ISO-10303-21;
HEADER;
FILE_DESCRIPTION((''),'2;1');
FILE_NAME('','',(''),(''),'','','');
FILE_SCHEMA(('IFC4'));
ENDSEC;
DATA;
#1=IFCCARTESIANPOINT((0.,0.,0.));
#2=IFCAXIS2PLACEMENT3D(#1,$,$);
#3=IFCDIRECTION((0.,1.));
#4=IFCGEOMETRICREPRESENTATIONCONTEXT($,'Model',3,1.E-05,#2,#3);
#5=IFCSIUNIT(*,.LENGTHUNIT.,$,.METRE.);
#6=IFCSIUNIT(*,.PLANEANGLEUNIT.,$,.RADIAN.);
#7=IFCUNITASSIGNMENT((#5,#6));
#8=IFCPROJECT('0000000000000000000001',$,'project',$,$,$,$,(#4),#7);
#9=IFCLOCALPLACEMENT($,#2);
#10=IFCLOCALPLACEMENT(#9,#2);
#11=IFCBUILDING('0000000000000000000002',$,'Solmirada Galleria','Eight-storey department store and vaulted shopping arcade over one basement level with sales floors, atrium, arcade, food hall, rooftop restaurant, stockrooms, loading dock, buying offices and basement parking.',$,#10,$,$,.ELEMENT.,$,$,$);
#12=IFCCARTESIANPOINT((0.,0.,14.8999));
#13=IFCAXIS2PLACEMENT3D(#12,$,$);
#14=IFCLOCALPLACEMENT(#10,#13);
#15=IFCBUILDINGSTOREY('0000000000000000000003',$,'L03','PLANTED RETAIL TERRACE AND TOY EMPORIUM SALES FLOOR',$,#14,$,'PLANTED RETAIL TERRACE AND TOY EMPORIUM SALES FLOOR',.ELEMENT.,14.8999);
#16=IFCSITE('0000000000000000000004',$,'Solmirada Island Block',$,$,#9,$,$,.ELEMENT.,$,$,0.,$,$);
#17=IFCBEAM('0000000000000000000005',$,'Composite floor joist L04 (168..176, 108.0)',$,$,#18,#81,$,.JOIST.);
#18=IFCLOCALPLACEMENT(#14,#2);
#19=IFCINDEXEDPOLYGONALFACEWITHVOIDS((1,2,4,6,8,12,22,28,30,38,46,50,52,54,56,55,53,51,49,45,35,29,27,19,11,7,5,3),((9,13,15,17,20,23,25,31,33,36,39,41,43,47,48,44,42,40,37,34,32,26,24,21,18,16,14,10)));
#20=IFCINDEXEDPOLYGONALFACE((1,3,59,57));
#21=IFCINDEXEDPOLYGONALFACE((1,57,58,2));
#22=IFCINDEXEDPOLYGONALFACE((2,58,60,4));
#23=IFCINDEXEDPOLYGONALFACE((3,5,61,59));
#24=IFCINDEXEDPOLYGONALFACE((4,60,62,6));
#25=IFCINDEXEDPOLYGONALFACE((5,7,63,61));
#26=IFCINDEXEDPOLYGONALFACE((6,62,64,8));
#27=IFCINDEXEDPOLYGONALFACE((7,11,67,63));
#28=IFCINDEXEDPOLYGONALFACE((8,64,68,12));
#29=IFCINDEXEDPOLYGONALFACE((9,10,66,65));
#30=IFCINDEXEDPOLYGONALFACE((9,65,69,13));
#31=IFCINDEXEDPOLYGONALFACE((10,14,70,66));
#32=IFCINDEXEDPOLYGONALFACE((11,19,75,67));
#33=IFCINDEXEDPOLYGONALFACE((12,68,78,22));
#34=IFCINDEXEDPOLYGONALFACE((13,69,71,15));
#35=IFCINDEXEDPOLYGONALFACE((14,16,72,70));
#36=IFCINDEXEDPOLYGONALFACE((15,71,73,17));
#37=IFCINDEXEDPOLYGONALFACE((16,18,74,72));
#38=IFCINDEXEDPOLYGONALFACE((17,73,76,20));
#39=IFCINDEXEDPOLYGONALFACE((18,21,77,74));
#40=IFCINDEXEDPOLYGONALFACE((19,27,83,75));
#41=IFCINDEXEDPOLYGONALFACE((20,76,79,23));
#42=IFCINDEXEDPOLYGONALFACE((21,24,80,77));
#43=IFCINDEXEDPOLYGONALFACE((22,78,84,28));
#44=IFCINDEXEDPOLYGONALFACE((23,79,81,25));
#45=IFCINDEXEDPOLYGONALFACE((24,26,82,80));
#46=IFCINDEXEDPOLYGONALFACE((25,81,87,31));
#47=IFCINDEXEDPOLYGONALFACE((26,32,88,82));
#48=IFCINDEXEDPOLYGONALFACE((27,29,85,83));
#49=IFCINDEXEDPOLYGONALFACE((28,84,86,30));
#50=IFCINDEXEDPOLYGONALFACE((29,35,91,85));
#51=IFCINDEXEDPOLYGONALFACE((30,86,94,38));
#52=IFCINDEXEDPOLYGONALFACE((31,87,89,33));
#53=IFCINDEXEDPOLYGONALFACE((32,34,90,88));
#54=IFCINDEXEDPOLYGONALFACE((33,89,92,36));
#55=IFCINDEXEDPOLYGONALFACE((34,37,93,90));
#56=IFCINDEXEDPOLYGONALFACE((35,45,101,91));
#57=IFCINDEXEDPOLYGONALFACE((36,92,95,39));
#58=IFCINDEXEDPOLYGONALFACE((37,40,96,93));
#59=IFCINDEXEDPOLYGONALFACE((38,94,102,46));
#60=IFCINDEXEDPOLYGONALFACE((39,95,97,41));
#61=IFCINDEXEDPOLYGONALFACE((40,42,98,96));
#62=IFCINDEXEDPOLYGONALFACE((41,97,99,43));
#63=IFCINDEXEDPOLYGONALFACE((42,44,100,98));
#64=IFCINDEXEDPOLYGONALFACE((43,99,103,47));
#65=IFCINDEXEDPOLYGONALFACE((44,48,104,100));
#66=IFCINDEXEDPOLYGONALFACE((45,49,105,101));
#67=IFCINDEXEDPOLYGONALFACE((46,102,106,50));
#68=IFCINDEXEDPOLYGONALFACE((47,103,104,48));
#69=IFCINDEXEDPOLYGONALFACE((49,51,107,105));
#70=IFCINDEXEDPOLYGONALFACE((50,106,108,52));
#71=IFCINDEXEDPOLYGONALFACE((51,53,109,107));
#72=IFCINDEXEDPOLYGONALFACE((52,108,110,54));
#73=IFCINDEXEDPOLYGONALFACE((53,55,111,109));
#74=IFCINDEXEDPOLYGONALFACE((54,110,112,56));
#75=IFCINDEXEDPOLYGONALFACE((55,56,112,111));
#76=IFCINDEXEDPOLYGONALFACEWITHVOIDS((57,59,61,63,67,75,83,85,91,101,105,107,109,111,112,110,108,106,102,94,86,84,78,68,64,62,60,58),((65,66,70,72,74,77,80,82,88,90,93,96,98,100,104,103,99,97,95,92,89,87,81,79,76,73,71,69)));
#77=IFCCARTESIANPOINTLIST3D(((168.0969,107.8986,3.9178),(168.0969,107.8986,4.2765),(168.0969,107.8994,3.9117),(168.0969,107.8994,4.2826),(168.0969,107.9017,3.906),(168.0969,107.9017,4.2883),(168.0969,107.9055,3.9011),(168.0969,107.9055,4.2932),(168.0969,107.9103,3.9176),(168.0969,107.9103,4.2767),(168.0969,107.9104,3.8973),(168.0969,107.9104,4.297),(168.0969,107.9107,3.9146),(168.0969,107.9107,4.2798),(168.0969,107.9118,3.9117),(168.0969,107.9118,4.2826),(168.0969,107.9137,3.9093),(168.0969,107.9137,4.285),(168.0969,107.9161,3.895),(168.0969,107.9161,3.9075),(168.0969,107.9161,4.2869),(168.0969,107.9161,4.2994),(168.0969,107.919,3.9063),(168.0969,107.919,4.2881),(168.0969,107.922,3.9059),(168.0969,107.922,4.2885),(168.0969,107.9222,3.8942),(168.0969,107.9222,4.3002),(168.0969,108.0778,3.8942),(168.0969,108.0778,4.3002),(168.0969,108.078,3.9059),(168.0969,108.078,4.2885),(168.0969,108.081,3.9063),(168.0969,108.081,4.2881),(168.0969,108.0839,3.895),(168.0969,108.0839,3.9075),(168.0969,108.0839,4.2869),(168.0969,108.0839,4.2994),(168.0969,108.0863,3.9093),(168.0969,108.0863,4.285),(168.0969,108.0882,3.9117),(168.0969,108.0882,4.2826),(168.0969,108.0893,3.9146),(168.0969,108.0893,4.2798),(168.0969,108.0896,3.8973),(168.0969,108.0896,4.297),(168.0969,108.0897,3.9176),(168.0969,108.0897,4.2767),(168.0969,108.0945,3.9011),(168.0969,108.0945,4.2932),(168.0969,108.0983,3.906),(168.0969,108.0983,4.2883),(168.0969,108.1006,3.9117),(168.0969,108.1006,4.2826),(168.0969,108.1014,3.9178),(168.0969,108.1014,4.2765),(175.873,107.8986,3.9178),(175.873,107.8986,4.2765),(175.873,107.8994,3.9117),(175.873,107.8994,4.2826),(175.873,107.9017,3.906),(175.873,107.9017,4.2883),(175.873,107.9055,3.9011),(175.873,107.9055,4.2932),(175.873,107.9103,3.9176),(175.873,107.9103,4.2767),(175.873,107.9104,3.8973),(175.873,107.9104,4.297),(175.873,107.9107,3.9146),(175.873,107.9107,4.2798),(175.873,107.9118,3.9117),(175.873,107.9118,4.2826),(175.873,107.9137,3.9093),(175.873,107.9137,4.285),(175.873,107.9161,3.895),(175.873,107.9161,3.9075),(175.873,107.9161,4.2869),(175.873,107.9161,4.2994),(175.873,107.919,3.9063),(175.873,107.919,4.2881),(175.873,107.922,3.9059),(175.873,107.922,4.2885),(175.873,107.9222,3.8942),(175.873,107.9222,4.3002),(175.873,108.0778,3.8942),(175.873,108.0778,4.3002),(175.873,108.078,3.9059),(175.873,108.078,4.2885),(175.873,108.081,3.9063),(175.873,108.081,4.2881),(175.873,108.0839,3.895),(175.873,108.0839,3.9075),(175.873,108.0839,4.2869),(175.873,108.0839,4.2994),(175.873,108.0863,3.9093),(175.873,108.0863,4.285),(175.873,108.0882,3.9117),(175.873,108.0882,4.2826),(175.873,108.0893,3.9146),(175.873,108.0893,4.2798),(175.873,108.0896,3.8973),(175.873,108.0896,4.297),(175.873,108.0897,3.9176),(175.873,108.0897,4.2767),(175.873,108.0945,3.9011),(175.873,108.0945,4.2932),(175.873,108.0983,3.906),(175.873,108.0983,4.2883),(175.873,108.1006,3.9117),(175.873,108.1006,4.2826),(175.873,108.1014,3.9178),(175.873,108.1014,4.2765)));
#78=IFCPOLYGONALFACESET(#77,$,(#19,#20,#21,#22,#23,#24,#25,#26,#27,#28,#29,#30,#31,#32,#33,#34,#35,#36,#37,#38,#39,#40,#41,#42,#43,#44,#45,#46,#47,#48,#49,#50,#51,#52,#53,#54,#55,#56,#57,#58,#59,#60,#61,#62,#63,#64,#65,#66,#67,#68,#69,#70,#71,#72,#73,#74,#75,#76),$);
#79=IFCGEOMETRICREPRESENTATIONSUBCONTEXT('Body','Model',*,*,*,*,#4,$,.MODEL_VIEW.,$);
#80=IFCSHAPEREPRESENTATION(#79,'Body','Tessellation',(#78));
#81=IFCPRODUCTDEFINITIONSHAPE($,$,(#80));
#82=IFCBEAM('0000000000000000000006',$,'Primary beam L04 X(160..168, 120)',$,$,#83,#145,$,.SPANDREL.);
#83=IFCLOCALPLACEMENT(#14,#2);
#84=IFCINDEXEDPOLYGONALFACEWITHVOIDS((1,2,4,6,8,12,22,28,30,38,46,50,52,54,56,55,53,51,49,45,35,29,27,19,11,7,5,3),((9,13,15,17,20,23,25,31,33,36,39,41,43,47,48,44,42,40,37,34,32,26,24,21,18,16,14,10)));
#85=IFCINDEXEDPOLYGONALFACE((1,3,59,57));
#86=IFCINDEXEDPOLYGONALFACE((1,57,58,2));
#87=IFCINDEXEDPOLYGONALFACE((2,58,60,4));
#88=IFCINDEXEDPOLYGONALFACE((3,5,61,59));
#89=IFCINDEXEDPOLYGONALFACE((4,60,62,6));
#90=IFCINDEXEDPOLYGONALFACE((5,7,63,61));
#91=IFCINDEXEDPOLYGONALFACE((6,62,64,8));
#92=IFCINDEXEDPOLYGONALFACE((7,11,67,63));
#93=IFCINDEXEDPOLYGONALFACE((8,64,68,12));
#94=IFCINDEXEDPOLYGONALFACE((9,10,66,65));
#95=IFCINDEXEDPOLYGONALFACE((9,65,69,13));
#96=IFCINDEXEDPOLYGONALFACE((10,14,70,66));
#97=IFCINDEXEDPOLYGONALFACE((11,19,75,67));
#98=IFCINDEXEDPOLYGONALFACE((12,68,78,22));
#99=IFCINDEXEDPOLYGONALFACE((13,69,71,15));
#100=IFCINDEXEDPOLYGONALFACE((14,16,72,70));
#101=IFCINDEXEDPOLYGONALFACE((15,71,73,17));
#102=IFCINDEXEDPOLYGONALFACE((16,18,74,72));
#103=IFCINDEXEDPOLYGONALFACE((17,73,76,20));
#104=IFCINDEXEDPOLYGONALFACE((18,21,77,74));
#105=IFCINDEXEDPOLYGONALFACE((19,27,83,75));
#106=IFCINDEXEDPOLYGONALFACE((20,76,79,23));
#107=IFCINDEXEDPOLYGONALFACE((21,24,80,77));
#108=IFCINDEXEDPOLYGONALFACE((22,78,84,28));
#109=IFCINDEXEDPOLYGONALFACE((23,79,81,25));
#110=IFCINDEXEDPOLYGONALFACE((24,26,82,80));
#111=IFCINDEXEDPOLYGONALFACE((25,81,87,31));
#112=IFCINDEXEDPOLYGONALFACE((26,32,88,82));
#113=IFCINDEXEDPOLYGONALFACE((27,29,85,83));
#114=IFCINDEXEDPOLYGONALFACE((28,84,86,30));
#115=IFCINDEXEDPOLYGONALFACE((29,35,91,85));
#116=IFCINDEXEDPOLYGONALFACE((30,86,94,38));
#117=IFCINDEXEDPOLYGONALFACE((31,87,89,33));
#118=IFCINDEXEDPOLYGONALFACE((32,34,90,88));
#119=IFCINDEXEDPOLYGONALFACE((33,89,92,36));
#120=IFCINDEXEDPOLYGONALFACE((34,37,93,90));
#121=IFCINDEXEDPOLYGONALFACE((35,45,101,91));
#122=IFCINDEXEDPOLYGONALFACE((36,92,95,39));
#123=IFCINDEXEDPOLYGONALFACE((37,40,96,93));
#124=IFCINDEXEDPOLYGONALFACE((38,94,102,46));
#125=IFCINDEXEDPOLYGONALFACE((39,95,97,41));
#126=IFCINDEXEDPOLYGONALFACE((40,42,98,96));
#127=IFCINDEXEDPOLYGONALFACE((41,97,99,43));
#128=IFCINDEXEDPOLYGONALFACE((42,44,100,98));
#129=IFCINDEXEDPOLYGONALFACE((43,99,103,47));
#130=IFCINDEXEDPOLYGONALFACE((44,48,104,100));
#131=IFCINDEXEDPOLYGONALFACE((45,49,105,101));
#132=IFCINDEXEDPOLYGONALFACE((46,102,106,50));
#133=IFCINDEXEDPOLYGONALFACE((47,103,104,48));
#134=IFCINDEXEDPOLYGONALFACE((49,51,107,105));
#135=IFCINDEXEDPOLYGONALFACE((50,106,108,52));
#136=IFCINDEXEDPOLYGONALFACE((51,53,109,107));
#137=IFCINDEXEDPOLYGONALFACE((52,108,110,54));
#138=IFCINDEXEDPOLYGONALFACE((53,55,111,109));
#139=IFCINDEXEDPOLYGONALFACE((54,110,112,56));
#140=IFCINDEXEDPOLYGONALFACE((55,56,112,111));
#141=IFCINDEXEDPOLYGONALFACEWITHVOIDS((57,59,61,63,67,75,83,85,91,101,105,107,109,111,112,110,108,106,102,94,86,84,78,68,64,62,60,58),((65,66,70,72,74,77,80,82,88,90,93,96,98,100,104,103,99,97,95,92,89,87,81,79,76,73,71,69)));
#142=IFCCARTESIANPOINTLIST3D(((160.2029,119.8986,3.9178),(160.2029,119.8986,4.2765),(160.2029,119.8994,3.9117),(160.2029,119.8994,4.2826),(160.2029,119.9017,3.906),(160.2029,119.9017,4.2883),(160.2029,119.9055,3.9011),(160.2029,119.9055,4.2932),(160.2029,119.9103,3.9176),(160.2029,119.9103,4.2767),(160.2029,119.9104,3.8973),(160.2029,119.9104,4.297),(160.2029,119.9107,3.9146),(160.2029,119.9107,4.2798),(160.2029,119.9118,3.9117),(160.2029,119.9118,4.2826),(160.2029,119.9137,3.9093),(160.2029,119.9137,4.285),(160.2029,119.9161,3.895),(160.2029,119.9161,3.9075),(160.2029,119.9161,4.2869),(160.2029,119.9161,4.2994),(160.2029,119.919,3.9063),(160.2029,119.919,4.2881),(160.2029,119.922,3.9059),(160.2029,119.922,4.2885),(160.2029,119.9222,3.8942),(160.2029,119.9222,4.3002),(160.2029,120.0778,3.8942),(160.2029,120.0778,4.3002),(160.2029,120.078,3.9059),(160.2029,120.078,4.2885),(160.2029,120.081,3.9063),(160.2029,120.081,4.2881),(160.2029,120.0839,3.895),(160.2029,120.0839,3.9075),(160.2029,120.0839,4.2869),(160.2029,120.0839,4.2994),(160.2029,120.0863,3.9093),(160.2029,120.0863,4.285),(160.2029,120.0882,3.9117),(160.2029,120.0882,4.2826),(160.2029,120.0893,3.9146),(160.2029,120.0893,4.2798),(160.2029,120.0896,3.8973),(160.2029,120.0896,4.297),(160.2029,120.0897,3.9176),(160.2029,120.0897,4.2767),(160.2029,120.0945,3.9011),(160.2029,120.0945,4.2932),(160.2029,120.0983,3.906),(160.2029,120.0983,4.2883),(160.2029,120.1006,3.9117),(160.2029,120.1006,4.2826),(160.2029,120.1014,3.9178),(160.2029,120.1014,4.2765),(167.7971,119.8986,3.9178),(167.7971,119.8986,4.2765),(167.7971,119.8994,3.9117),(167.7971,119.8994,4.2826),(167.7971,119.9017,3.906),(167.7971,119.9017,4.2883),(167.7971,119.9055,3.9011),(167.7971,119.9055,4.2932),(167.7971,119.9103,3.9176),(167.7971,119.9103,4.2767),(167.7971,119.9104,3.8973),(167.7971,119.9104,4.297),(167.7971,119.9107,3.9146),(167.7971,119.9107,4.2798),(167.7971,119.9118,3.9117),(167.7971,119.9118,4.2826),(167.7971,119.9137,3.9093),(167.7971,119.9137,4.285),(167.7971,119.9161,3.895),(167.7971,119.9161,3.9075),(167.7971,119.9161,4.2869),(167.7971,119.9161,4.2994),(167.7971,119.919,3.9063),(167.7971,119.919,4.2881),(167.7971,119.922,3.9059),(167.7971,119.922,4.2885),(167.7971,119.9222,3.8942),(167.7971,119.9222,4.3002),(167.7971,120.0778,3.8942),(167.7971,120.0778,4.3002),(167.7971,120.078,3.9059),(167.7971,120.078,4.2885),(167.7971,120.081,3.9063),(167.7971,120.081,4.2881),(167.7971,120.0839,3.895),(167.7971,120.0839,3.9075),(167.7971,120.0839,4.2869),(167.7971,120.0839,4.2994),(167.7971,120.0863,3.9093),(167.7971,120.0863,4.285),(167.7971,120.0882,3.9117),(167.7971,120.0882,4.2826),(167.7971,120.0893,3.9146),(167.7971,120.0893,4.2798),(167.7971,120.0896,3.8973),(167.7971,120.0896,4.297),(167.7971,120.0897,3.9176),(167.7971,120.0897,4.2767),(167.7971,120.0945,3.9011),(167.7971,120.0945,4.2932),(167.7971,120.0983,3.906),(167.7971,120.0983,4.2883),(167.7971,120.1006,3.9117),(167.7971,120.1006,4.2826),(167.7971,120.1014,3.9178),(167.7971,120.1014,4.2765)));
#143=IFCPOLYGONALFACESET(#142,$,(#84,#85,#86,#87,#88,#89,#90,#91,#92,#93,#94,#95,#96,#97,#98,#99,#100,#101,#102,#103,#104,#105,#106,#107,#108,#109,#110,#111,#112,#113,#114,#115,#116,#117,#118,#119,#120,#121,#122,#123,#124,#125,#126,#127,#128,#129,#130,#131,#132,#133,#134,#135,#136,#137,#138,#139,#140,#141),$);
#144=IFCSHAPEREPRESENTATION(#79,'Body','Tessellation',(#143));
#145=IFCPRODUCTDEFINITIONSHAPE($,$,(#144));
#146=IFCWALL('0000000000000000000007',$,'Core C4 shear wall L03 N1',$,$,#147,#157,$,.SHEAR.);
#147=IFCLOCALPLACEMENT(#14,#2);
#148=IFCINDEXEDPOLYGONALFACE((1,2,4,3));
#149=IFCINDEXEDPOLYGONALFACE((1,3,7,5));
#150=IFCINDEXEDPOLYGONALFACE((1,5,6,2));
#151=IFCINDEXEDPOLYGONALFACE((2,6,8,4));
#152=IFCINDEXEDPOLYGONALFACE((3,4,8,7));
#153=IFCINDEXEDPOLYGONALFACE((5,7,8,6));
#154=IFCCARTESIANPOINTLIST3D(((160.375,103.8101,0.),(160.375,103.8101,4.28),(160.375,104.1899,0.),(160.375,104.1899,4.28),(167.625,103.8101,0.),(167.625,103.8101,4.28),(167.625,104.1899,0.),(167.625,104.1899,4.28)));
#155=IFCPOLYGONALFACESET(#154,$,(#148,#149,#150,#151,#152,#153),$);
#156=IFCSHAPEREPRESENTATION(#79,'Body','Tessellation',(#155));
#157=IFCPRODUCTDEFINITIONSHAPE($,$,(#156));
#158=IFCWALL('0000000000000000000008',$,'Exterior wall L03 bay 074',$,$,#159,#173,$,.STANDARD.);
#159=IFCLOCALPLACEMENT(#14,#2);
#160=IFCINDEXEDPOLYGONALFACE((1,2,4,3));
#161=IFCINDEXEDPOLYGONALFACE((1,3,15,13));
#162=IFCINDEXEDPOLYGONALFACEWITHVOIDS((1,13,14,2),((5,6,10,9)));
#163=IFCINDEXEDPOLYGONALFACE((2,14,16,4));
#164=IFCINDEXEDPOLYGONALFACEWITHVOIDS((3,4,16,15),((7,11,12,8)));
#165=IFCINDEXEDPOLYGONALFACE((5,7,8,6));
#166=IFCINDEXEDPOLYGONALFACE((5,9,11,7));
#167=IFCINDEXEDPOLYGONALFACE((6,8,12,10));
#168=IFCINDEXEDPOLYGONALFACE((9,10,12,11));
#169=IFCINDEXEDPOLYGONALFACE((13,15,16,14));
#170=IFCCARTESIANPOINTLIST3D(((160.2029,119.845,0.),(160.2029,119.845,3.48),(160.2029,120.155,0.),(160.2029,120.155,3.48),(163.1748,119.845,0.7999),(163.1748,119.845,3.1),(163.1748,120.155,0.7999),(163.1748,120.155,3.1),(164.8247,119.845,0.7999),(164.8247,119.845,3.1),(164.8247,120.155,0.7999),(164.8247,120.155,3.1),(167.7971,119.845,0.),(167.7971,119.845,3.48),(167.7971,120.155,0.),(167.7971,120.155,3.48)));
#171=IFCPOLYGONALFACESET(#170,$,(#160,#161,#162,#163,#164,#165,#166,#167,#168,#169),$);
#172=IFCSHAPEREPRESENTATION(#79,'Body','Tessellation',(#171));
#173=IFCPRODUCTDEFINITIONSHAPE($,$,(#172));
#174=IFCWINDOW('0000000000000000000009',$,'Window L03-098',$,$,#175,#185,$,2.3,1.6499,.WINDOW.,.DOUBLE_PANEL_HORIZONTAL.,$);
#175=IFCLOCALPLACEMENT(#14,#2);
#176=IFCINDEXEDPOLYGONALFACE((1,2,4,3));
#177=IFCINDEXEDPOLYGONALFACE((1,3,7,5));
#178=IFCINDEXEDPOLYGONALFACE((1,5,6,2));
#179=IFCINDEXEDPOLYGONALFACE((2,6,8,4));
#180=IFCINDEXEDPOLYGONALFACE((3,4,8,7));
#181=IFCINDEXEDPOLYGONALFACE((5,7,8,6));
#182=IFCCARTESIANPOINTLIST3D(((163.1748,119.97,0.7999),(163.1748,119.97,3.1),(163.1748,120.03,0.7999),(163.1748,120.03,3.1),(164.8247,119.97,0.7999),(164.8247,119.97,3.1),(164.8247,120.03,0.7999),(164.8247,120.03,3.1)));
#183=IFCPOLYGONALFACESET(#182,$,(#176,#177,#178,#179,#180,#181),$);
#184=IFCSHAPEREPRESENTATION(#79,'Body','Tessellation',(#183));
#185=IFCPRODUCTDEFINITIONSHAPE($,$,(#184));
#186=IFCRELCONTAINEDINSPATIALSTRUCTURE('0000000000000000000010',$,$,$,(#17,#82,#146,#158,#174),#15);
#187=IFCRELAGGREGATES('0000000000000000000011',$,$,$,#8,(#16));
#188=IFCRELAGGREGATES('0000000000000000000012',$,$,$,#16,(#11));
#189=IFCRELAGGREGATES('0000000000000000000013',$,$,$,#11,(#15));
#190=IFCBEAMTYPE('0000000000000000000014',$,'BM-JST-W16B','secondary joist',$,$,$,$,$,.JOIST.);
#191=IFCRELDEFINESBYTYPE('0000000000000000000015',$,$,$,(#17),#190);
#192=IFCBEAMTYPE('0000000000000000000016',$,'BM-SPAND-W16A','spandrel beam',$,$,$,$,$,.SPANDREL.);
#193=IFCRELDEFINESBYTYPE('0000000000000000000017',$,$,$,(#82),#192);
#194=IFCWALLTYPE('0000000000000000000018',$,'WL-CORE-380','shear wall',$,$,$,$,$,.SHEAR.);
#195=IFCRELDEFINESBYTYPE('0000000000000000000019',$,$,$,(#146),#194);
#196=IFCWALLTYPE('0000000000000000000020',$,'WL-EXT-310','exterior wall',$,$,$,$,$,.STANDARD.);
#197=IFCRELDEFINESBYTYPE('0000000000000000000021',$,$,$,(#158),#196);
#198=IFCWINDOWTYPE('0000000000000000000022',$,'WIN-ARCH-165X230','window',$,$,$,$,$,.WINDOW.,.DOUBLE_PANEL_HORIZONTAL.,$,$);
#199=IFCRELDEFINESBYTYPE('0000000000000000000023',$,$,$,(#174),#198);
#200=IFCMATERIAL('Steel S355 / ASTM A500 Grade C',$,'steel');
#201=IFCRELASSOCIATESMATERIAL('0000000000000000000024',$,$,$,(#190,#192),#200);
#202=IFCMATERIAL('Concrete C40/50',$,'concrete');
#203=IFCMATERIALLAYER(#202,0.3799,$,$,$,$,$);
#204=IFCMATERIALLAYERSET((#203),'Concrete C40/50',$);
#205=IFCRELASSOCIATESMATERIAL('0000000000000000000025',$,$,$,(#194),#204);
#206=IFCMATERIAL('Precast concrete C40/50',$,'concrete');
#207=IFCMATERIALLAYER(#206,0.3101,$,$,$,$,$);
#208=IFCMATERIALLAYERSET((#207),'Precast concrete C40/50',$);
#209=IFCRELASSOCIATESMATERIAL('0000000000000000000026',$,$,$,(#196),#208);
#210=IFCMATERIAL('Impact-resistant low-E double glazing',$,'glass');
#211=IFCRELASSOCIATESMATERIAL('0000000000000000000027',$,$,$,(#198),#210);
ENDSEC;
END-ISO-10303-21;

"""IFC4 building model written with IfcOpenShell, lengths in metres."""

from ifc_helpers import new_model, si_unit, direction, frame, frame_2d, origin, origin_2d, place, context, subcontext, project, spatial, rectangle, hollow_rectangle, extrude, material, layer, layer_set, material_profile, profile_set, type_object, element, fill, save


model = new_model("IFC4")

# Units and contexts
model_context = context("Model", 3, precision=1e-05, world=origin(), true_north=direction((0.0, 1.0)))
body_context = subcontext(model_context, "Body", "Model", "MODEL_VIEW")
ifc_project = project(units=[si_unit("LENGTHUNIT", "METRE"), si_unit("PLANEANGLEUNIT", "RADIAN")], contexts=[model_context])

# Site, building, storey
site_placement = place(None, origin())
site = spatial("IfcSite", under=ifc_project, at=site_placement, Name="Solmirada Island Block", CompositionType="ELEMENT", RefElevation=0.0)
building_placement = place(site_placement, origin())
building = spatial("IfcBuilding", under=site, at=building_placement, Name="Solmirada Galleria", Description="Eight-storey department store and vaulted shopping arcade over one basement level with sales floors, atrium, arcade, food hall, rooftop restaurant, stockrooms, loading dock, buying offices and basement parking.", CompositionType="ELEMENT")
storey_placement = place(building_placement, frame((0.0, 0.0, 14.8999)))
storey = spatial("IfcBuildingStorey", under=building, at=storey_placement, Name="L03", Description="PLANTED RETAIL TERRACE AND TOY EMPORIUM SALES FLOOR", LongName="PLANTED RETAIL TERRACE AND TOY EMPORIUM SALES FLOOR", CompositionType="ELEMENT", Elevation=14.8999)

# Shared definitions
ifc_material_1 = material(Name="Steel S355 / ASTM A500 Grade C", Category="steel")
ifc_material_2 = material(Name="Concrete C40/50", Category="concrete")

# Beams
ifc_material_profile_1 = material_profile(ifc_material_1, hollow_rectangle(XDim=0.2029, YDim=0.406, WallThickness=0.0117, InnerFilletRadius=0.0117, OuterFilletRadius=0.0237, at=origin_2d()), Name="HSS16X8X1/2")
ifc_profile_set_1 = profile_set([ifc_material_profile_1], Name="Steel S355 / ASTM A500 Grade C")
beam_type_1 = type_object("IfcBeamType", Name="BM-JST-W16B", Description="secondary joist", PredefinedType="JOIST", material=ifc_profile_set_1)
beam_1_placement = place(storey_placement, frame((168.0969, 108.0, 4.0972), z_axis=(1.0, 0.0, 0.0), x_axis=(0.0, 1.0, 0.0)))
element("IfcBeam", 1, at=beam_1_placement, inside=storey, type_object=beam_type_1, Name="Composite floor joist L04 (168..176, 108.0)", PredefinedType="JOIST", context=body_context, shape_type="SweptSolid", body=[
    extrude(hollow_rectangle(XDim=0.2029, YDim=0.406, WallThickness=0.0117, InnerFilletRadius=0.0117, OuterFilletRadius=0.0237, at=origin_2d()), origin(), (0.0, 0.0, 1.0), 7.7761),
])
ifc_material_profile_2 = material_profile(ifc_material_1, hollow_rectangle(XDim=0.2029, YDim=0.406, WallThickness=0.0117, InnerFilletRadius=0.0117, OuterFilletRadius=0.0237, at=origin_2d()), Name="HSS16X8X1/2")
ifc_profile_set_2 = profile_set([ifc_material_profile_2], Name="Steel S355 / ASTM A500 Grade C")
beam_type_2 = type_object("IfcBeamType", Name="BM-SPAND-W16A", Description="spandrel beam", PredefinedType="SPANDREL", material=ifc_profile_set_2)
beam_2_placement = place(storey_placement, frame((160.2029, 120.0, 4.0972), z_axis=(1.0, 0.0, 0.0), x_axis=(0.0, 1.0, 0.0)))
element("IfcBeam", 2, at=beam_2_placement, inside=storey, type_object=beam_type_2, Name="Primary beam L04 X(160..168, 120)", PredefinedType="SPANDREL", context=body_context, shape_type="SweptSolid", body=[
    extrude(hollow_rectangle(XDim=0.2029, YDim=0.406, WallThickness=0.0117, InnerFilletRadius=0.0117, OuterFilletRadius=0.0237, at=origin_2d()), origin(), (0.0, 0.0, 1.0), 7.5942),
])

# Wall
ifc_layer_1 = layer(ifc_material_2, 0.3799)
ifc_layer_set_1 = layer_set([ifc_layer_1], Name="Concrete C40/50")
wall_type_1 = type_object("IfcWallType", Name="WL-CORE-380", Description="shear wall", PredefinedType="SHEAR", material=ifc_layer_set_1)
wall_1_placement = place(storey_placement, frame((160.375, 104.0, 0.0), z_axis=(0.0, 0.0, 1.0), x_axis=(1.0, 0.0, 0.0)))
element("IfcWall", 3, at=wall_1_placement, inside=storey, type_object=wall_type_1, Name="Core C4 shear wall L03 N1", PredefinedType="SHEAR", context=body_context, shape_type="SweptSolid", body=[
    extrude(rectangle(XDim=7.25, YDim=0.3799, at=frame_2d((3.625, 0.0))), origin(), (0.0, 0.0, 1.0), 4.28),
])

# Wall, opening, window
ifc_material_3 = material(Name="Precast concrete C40/50", Category="concrete")
ifc_layer_2 = layer(ifc_material_3, 0.3101)
ifc_layer_set_2 = layer_set([ifc_layer_2], Name="Precast concrete C40/50")
wall_type_2 = type_object("IfcWallType", Name="WL-EXT-310", Description="exterior wall", PredefinedType="STANDARD", material=ifc_layer_set_2)
wall_2_placement = place(storey_placement, frame((160.2029, 120.0, 0.0), z_axis=(0.0, 0.0, 1.0), x_axis=(1.0, 0.0, 0.0)))
wall_2 = element("IfcWall", 4, at=wall_2_placement, inside=storey, type_object=wall_type_2, Name="Exterior wall L03 bay 074", PredefinedType="STANDARD", context=body_context, shape_type="SweptSolid", body=[
    extrude(rectangle(XDim=7.5942, YDim=0.3101, at=frame_2d((3.7971, 0.0))), origin(), (0.0, 0.0, 1.0), 3.48),
])
opening_1_placement = place(wall_2_placement, frame((2.9719, 0.0, 0.8)))
opening_1 = element("IfcOpeningElement", 5, at=opening_1_placement, cuts=wall_2, PredefinedType="OPENING", context=body_context, shape_type="SweptSolid", body=[
    extrude(rectangle(XDim=1.6499, YDim=2.3, at=frame_2d((0.825, 1.1499))), frame((0.0, 0.165, 0.0), z_axis=(0.0, -1.0, 0.0), x_axis=(1.0, 0.0, 0.0)), (0.0, 0.0, 1.0), 0.3301),
])
ifc_material_4 = material(Name="Impact-resistant low-E double glazing", Category="glass")
window_type = type_object("IfcWindowType", Name="WIN-ARCH-165X230", Description="window", PartitioningType="DOUBLE_PANEL_HORIZONTAL", PredefinedType="WINDOW", material=ifc_material_4)
window_placement = place(opening_1_placement, origin())
window = element("IfcWindow", 6, at=window_placement, inside=storey, type_object=window_type, Name="Window L03-098", OverallHeight=2.3, OverallWidth=1.6499, PartitioningType="DOUBLE_PANEL_HORIZONTAL", PredefinedType="WINDOW", context=body_context, shape_type="SweptSolid", body=[
    extrude(rectangle(XDim=1.6499, YDim=2.3, at=frame_2d((0.825, 1.1499))), frame((0.0, 0.03, 0.0), z_axis=(0.0, -1.0, 0.0), x_axis=(1.0, 0.0, 0.0)), (0.0, 0.0, 1.0), 0.0601),
])
fill(opening_1, window)

save(model, "model.ifc")
